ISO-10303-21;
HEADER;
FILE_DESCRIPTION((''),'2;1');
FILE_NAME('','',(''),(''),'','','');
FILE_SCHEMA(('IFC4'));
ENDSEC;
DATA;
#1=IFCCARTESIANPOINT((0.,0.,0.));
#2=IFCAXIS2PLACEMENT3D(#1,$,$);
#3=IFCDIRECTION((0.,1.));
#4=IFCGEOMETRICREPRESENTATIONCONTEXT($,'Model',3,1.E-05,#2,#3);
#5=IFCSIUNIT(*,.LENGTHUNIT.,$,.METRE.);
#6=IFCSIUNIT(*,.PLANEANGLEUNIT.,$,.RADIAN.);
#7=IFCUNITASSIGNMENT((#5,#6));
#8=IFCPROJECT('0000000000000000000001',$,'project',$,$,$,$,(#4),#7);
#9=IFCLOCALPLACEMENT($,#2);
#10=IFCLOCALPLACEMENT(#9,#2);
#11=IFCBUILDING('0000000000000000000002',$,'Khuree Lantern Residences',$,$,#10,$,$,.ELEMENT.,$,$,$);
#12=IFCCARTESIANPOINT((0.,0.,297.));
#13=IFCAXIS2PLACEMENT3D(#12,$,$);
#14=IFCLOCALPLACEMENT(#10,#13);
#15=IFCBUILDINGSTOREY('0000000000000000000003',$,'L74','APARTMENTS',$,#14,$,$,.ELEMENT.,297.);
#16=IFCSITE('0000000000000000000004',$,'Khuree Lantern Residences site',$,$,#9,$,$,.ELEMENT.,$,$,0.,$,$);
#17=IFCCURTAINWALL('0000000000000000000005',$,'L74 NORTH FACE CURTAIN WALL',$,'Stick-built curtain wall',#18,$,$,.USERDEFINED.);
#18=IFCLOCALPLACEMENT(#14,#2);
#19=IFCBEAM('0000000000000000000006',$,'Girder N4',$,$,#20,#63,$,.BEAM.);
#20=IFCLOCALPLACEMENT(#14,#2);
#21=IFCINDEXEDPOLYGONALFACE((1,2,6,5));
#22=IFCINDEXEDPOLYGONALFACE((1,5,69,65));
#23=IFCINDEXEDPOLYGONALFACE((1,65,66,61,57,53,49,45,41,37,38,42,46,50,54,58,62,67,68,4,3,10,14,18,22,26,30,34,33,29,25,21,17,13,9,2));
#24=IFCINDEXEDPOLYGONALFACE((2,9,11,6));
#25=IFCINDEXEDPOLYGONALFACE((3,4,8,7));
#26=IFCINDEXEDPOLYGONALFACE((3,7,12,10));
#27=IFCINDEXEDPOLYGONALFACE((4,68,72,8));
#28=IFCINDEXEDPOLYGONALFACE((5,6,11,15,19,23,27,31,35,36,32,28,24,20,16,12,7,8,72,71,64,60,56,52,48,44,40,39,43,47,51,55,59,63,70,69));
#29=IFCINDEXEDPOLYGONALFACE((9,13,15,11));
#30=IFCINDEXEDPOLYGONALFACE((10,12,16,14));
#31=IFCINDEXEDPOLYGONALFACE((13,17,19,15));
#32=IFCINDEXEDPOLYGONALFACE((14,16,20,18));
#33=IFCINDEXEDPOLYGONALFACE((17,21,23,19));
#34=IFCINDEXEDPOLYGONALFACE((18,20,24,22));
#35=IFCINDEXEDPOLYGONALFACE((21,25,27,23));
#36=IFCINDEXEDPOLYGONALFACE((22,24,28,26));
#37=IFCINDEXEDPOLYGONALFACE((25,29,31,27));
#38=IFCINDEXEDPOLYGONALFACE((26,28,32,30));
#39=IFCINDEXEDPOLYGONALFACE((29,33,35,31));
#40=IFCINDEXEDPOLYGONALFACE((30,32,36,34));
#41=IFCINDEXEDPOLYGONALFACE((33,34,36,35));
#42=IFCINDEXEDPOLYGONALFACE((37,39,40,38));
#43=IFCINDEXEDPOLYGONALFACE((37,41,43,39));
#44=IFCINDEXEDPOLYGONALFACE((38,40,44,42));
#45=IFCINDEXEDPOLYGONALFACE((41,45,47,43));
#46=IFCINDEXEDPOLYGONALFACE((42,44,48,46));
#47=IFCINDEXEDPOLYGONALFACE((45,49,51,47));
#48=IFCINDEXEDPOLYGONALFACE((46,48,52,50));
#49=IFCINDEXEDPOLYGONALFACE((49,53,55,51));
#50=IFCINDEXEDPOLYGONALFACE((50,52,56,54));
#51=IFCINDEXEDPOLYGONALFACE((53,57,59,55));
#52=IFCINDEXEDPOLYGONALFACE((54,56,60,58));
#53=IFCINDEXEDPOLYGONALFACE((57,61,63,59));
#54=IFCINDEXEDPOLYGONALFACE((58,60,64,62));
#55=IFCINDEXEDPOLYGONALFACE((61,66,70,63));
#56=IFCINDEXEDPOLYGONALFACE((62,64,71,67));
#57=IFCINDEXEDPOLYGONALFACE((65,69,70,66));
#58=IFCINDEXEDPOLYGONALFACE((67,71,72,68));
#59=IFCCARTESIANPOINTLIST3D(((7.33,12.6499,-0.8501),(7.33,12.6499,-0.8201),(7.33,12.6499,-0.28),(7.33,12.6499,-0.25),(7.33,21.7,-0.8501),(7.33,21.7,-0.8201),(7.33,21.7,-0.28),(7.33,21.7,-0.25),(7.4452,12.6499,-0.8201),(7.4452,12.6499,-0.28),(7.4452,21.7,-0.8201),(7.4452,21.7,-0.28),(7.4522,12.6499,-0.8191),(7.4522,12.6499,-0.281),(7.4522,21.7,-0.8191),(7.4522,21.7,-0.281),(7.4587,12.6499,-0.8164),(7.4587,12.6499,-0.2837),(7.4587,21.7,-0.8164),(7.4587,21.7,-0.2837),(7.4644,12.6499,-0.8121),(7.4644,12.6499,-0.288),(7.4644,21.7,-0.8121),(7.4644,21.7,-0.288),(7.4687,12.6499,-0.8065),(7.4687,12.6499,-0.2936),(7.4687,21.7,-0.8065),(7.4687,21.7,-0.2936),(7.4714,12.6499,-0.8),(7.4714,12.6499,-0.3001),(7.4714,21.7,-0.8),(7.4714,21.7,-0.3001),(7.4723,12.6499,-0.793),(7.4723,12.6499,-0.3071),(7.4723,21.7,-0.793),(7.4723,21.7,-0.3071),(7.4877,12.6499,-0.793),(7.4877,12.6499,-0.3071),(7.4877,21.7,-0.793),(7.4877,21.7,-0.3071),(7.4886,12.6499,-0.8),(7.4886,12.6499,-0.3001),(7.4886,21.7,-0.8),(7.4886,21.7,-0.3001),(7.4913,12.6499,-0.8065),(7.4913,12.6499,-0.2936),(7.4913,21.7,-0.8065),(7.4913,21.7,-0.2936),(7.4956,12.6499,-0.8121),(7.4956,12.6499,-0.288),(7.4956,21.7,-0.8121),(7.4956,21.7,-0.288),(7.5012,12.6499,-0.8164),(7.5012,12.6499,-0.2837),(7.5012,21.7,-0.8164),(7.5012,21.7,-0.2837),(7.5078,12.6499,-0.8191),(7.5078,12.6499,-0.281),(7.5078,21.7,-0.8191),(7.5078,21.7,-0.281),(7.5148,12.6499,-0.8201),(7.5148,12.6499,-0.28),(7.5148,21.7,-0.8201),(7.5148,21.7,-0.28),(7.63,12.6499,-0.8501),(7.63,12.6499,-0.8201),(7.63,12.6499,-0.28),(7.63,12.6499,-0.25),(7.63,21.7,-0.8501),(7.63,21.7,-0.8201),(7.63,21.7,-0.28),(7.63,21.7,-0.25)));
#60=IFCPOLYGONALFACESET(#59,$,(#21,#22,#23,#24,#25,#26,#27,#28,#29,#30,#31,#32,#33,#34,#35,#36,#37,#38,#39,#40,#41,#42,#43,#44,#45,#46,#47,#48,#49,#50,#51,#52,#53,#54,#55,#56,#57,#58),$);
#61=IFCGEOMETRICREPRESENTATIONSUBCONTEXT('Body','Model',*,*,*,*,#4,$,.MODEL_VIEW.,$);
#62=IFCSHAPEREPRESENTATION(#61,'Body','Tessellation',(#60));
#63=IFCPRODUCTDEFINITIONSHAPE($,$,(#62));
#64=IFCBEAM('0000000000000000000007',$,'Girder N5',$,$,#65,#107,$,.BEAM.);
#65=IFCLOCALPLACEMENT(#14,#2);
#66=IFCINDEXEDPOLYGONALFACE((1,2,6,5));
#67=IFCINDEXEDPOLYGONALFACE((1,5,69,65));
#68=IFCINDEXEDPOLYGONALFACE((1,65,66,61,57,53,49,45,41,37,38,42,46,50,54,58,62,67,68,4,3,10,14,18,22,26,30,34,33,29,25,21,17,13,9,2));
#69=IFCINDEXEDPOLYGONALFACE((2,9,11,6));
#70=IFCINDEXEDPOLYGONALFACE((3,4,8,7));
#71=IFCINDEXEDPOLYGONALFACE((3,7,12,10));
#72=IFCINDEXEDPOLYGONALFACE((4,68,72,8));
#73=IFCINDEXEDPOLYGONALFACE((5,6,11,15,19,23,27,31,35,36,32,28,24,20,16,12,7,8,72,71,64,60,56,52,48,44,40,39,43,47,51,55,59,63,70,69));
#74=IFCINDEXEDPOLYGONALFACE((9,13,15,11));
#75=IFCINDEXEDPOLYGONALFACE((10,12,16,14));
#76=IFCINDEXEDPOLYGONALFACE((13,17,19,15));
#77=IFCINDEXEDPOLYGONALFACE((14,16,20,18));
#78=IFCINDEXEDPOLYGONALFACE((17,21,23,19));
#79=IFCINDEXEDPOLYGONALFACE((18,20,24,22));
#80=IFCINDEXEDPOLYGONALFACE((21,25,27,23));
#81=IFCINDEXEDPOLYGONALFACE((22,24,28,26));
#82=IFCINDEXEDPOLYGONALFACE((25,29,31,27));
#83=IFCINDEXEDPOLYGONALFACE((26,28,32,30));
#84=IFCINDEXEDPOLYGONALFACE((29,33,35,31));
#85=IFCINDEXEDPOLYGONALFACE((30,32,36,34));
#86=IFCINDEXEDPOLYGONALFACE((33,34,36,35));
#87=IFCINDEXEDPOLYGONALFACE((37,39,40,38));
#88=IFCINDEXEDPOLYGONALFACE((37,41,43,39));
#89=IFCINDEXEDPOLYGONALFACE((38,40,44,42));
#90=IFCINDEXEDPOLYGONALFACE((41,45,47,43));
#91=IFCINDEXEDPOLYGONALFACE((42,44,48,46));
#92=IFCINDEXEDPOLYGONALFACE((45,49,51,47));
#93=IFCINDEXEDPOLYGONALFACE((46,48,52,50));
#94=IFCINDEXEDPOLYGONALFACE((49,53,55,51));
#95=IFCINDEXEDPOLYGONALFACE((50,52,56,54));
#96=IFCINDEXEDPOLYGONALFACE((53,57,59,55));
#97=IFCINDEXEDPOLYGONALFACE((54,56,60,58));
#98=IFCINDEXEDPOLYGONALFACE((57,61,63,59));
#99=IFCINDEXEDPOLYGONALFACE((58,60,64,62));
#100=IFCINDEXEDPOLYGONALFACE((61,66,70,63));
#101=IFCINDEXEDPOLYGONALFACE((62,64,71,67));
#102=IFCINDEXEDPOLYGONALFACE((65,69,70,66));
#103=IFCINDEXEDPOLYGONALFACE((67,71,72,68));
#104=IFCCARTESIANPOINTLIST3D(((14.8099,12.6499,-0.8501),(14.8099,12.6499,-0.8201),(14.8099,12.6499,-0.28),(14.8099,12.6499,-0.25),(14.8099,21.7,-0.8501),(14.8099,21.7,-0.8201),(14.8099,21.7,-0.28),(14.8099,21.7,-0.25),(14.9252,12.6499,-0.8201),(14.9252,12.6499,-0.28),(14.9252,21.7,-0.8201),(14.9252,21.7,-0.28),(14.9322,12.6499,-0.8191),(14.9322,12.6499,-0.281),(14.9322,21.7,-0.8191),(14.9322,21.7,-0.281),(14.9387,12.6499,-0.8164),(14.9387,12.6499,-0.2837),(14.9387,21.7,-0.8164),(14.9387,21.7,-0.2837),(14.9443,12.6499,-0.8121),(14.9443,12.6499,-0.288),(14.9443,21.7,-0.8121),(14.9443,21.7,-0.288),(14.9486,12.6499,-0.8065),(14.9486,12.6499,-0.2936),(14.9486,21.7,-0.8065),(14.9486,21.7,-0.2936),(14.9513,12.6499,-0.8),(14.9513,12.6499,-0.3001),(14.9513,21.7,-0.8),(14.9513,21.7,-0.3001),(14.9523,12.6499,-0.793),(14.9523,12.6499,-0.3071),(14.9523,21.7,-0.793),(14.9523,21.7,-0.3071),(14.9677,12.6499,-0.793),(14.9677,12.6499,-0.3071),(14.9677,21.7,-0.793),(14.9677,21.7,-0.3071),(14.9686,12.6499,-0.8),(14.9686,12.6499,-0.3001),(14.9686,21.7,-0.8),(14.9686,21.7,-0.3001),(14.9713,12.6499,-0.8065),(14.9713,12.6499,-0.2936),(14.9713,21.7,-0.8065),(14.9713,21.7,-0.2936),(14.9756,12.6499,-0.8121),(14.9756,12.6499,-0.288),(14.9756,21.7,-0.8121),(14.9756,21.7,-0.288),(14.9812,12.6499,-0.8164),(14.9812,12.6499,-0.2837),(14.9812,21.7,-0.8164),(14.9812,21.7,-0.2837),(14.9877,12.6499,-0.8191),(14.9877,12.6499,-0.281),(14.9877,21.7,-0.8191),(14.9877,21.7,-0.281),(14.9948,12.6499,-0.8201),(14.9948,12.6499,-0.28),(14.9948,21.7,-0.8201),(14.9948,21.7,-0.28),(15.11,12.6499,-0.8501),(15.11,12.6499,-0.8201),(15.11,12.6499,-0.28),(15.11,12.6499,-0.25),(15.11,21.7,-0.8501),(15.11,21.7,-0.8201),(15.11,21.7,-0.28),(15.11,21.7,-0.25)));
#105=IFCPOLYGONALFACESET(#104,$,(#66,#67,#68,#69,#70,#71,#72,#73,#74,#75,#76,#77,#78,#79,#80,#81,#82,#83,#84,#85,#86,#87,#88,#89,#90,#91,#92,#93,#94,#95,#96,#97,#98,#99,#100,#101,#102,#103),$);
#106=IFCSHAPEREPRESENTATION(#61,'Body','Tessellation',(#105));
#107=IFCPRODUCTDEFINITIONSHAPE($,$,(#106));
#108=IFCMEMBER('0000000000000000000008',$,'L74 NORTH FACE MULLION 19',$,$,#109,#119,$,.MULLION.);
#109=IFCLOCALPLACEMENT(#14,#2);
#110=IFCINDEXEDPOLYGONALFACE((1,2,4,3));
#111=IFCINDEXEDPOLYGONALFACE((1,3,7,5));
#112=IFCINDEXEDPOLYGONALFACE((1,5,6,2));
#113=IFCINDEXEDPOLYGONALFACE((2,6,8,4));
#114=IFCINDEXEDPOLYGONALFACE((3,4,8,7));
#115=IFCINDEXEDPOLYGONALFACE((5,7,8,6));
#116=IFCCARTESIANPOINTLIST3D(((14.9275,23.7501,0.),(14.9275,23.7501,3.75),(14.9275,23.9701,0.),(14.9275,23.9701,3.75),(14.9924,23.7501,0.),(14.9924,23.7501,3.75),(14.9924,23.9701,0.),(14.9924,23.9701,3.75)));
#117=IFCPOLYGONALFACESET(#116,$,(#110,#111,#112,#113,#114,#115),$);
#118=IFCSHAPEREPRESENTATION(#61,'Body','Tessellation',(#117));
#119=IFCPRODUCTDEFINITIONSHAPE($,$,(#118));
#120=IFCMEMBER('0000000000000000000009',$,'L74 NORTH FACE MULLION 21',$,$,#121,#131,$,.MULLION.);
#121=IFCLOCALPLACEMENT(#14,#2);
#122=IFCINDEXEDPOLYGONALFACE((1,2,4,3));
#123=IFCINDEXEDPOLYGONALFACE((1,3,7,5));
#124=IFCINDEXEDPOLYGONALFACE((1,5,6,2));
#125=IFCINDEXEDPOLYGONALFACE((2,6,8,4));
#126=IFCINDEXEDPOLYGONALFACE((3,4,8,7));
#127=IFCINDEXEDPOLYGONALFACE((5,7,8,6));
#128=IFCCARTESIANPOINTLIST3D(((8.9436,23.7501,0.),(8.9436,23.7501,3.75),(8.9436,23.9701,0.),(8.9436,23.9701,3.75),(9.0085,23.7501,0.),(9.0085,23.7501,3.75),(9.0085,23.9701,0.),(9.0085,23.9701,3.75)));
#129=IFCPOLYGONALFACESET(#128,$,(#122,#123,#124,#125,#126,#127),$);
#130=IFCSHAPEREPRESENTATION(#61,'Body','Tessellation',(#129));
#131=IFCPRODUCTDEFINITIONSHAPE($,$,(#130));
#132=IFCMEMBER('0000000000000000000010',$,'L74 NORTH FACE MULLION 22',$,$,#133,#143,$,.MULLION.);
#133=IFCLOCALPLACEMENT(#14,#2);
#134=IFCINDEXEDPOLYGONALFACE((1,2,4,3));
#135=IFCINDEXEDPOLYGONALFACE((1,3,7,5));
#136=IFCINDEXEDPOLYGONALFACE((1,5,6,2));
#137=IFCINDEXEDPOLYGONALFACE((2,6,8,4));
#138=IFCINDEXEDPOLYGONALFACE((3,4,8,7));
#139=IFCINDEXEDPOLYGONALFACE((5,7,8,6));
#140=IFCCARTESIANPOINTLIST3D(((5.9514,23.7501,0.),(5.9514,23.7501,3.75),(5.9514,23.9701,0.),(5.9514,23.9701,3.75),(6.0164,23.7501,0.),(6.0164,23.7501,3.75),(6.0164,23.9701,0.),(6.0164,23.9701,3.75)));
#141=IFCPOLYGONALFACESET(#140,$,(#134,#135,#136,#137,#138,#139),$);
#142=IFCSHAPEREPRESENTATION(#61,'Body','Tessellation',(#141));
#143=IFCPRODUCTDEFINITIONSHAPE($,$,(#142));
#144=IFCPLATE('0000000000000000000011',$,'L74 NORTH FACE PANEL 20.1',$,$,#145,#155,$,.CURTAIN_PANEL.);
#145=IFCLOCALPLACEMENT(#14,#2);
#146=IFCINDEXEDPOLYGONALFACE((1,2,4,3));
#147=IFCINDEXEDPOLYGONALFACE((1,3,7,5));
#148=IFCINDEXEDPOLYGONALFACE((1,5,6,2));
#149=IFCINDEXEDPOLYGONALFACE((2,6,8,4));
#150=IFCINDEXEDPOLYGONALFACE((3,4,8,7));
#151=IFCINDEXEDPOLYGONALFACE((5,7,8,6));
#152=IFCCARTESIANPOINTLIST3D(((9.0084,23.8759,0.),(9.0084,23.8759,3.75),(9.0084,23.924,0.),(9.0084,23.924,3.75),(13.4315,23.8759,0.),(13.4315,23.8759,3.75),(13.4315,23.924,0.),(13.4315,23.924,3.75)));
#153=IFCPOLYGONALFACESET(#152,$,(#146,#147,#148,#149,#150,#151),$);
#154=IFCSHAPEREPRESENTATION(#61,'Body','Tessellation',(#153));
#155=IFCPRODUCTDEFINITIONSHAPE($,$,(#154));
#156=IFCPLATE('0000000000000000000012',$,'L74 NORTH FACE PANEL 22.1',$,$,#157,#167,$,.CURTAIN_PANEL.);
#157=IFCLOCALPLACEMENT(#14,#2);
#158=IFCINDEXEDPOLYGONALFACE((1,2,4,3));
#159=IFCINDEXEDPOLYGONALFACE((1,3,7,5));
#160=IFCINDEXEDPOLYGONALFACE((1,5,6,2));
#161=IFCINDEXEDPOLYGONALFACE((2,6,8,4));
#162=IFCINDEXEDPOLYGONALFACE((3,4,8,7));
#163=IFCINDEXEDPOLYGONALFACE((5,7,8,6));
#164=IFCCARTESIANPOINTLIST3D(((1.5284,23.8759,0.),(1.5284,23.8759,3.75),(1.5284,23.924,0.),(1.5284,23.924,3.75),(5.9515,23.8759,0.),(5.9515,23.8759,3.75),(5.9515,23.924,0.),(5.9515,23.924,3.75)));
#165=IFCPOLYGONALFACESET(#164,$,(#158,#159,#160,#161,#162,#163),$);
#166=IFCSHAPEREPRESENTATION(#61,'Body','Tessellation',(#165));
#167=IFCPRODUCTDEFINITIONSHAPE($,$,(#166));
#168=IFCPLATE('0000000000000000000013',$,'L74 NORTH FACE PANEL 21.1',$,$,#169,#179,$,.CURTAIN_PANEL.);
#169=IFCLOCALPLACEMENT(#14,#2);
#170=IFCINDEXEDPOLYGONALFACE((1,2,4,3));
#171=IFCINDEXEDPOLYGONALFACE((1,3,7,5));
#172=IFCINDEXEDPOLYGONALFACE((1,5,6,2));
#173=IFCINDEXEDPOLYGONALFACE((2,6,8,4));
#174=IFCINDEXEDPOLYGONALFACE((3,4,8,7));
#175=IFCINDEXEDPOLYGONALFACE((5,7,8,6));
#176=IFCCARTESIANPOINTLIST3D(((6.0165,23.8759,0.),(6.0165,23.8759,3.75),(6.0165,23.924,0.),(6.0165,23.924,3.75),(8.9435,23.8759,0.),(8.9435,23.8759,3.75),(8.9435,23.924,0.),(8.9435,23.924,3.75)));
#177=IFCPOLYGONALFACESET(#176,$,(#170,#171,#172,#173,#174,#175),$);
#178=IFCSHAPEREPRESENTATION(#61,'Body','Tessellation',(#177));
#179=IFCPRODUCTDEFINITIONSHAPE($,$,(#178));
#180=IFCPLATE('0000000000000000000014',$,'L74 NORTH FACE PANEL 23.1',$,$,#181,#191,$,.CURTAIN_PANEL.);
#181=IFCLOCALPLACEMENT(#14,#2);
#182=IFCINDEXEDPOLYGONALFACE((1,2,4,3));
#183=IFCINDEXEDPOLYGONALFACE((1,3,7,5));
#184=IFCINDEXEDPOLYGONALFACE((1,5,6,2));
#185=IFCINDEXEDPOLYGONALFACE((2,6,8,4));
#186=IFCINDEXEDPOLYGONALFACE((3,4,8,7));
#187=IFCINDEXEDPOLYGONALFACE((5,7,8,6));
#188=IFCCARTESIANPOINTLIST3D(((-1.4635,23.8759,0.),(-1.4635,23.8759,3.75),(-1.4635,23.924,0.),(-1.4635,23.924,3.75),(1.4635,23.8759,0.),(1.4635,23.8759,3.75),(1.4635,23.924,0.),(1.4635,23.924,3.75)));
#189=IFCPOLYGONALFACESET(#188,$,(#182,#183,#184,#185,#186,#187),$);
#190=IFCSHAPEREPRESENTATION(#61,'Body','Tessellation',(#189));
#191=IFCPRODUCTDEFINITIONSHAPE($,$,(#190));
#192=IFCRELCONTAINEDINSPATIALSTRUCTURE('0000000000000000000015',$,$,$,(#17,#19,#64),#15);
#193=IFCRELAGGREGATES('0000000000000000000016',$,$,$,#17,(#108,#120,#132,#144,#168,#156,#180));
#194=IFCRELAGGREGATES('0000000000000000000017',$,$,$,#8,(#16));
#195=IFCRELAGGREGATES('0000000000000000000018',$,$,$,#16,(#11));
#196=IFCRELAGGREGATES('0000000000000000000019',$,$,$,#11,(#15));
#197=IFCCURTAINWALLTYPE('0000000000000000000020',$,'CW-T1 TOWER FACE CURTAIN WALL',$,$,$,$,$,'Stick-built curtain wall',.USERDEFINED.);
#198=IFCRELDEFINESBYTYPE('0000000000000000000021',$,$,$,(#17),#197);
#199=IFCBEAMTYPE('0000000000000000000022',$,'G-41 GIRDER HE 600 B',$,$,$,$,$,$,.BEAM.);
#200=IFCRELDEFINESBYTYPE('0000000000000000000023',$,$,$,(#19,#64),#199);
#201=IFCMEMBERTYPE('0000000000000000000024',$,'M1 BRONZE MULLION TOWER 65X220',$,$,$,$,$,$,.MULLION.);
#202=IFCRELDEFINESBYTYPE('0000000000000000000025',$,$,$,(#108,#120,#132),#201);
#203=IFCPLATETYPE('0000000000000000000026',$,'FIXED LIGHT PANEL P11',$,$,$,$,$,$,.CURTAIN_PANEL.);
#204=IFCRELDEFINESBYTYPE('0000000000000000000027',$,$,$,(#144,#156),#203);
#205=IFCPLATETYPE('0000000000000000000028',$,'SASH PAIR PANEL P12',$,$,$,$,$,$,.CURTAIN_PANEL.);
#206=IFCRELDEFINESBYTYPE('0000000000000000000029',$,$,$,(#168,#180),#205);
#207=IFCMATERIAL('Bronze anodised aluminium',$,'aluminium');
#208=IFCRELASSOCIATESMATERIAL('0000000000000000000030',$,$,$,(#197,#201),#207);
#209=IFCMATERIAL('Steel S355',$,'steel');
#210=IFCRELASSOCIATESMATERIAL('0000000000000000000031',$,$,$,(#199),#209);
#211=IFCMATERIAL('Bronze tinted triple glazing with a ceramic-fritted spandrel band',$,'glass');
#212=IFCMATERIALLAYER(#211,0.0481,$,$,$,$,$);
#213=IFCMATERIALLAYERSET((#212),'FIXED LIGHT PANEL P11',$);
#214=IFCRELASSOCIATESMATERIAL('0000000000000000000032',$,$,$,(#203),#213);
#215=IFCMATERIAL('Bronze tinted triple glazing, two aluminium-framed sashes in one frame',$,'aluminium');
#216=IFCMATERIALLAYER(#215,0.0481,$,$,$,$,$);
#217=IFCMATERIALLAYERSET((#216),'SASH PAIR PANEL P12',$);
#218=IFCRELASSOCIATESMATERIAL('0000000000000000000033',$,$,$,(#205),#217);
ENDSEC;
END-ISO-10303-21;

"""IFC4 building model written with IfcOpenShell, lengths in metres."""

from ifc_helpers import new_model, si_unit, direction, frame, origin, origin_2d, place, context, subcontext, project, spatial, rectangle, i_section, extrude, material, layer, layer_set, material_profile, profile_set, type_object, element, aggregate, save


model = new_model("IFC4")

# Units and contexts
model_context = context("Model", 3, precision=1e-05, world=origin(), true_north=direction((0.0, 1.0)))
body_context = subcontext(model_context, "Body", "Model", "MODEL_VIEW")
ifc_project = project(units=[si_unit("LENGTHUNIT", "METRE"), si_unit("PLANEANGLEUNIT", "RADIAN")], contexts=[model_context])

# Site, building, storey
site_placement = place(None, origin())
site = spatial("IfcSite", under=ifc_project, at=site_placement, Name="Khuree Lantern Residences site", CompositionType="ELEMENT", RefElevation=0.0)
building_placement = place(site_placement, origin())
building = spatial("IfcBuilding", under=site, at=building_placement, Name="Khuree Lantern Residences", CompositionType="ELEMENT")
storey_placement = place(building_placement, frame((0.0, 0.0, 297.0)))
storey = spatial("IfcBuildingStorey", under=building, at=storey_placement, Name="L74", Description="APARTMENTS", CompositionType="ELEMENT", Elevation=297.0)

# Shared definitions
ifc_material_1 = material(Name="Steel S355", Category="steel")

# Curtain wall
ifc_material_2 = material(Name="Bronze anodised aluminium", Category="aluminium")
curtain_wall_type = type_object("IfcCurtainWallType", Name="CW-T1 TOWER FACE CURTAIN WALL", ElementType="Stick-built curtain wall", PredefinedType="USERDEFINED", material=ifc_material_2)
curtain_wall_placement = place(storey_placement, origin())
curtain_wall = element("IfcCurtainWall", 1, at=curtain_wall_placement, inside=storey, type_object=curtain_wall_type, Name="L74 NORTH FACE CURTAIN WALL", ObjectType="Stick-built curtain wall", PredefinedType="USERDEFINED")

# Beams
ifc_material_profile_1 = material_profile(ifc_material_1, i_section(OverallWidth=0.3, OverallDepth=0.6001, WebThickness=0.0154, FlangeThickness=0.03, FilletRadius=0.0271, at=origin_2d()), Name="HE 600 B")
ifc_profile_set_1 = profile_set([ifc_material_profile_1], Name="Steel S355")
beam_type_1 = type_object("IfcBeamType", Name="G-41 GIRDER HE 600 B", PredefinedType="BEAM", material=ifc_profile_set_1)
for number, where, z_axis, x_axis, name in (
    (2, (7.48, 21.7, -0.55), (0.0, -1.0, 0.0), (1.0, 0.0, 0.0), "Girder N4"),
    (3, (14.96, 21.7, -0.55), (0.0, -1.0, 0.0), (1.0, 0.0, 0.0), "Girder N5"),
):
    element("IfcBeam", number, at=place(storey_placement, frame(where, z_axis=z_axis, x_axis=x_axis)), inside=storey, type_object=beam_type_1, Name=name, PredefinedType="BEAM", context=body_context, shape_type="SweptSolid", body=[
        extrude(i_section(OverallWidth=0.3, OverallDepth=0.6001, WebThickness=0.0154, FlangeThickness=0.03, FilletRadius=0.0271, at=origin_2d()), origin(), (0.0, 0.0, 1.0), 9.05),
    ])

# Members
ifc_material_profile_2 = material_profile(ifc_material_2, rectangle(XDim=0.0649, YDim=0.22, at=origin_2d()), Name="M1 65X220")
ifc_profile_set_2 = profile_set([ifc_material_profile_2], Name="Bronze anodised aluminium")
member_type_1 = type_object("IfcMemberType", Name="M1 BRONZE MULLION TOWER 65X220", PredefinedType="MULLION", material=ifc_profile_set_2)
member_1_placement = place(storey_placement, frame((14.96, 23.8601, 0.0), z_axis=(0.0, 0.0, 1.0), x_axis=(-1.0, 0.0, 0.0)))
member_1 = element("IfcMember", 4, at=member_1_placement, type_object=member_type_1, Name="L74 NORTH FACE MULLION 19", PredefinedType="MULLION", context=body_context, shape_type="SweptSolid", body=[
    extrude(rectangle(XDim=0.0649, YDim=0.22, at=origin_2d()), origin(), (0.0, 0.0, 1.0), 3.75),
])
member_2_placement = place(storey_placement, frame((8.9761, 23.8601, 0.0), z_axis=(0.0, 0.0, 1.0), x_axis=(-1.0, 0.0, 0.0)))
member_2 = element("IfcMember", 5, at=member_2_placement, type_object=member_type_1, Name="L74 NORTH FACE MULLION 21", PredefinedType="MULLION", context=body_context, shape_type="SweptSolid", body=[
    extrude(rectangle(XDim=0.0649, YDim=0.22, at=origin_2d()), origin(), (0.0, 0.0, 1.0), 3.75),
])
member_3_placement = place(storey_placement, frame((5.9839, 23.8601, 0.0), z_axis=(0.0, 0.0, 1.0), x_axis=(-1.0, 0.0, 0.0)))
member_3 = element("IfcMember", 6, at=member_3_placement, type_object=member_type_1, Name="L74 NORTH FACE MULLION 22", PredefinedType="MULLION", context=body_context, shape_type="SweptSolid", body=[
    extrude(rectangle(XDim=0.0649, YDim=0.22, at=origin_2d()), origin(), (0.0, 0.0, 1.0), 3.75),
])

# Plates
ifc_material_3 = material(Name="Bronze tinted triple glazing with a ceramic-fritted spandrel band", Category="glass")
ifc_layer_1 = layer(ifc_material_3, 0.0481)
ifc_layer_set_1 = layer_set([ifc_layer_1], Name="FIXED LIGHT PANEL P11")
plate_type_1 = type_object("IfcPlateType", Name="FIXED LIGHT PANEL P11", PredefinedType="CURTAIN_PANEL", material=ifc_layer_set_1)
plate_1_placement = place(storey_placement, frame((11.22, 23.8999, 0.0), z_axis=(0.0, 0.0, 1.0), x_axis=(-1.0, 0.0, 0.0)))
plate_1 = element("IfcPlate", 7, at=plate_1_placement, type_object=plate_type_1, Name="L74 NORTH FACE PANEL 20.1", PredefinedType="CURTAIN_PANEL", context=body_context, shape_type="SweptSolid", body=[
    extrude(rectangle(XDim=4.4231, YDim=0.0481, at=origin_2d()), origin(), (0.0, 0.0, 1.0), 3.75),
])
plate_2_placement = place(storey_placement, frame((3.74, 23.8999, 0.0), z_axis=(0.0, 0.0, 1.0), x_axis=(-1.0, 0.0, 0.0)))
plate_2 = element("IfcPlate", 8, at=plate_2_placement, type_object=plate_type_1, Name="L74 NORTH FACE PANEL 22.1", PredefinedType="CURTAIN_PANEL", context=body_context, shape_type="SweptSolid", body=[
    extrude(rectangle(XDim=4.4231, YDim=0.0481, at=origin_2d()), origin(), (0.0, 0.0, 1.0), 3.75),
])
ifc_material_4 = material(Name="Bronze tinted triple glazing, two aluminium-framed sashes in one frame", Category="aluminium")
ifc_layer_2 = layer(ifc_material_4, 0.0481)
ifc_layer_set_2 = layer_set([ifc_layer_2], Name="SASH PAIR PANEL P12")
plate_type_2 = type_object("IfcPlateType", Name="SASH PAIR PANEL P12", PredefinedType="CURTAIN_PANEL", material=ifc_layer_set_2)
plate_3_placement = place(storey_placement, frame((7.48, 23.8999, 0.0), z_axis=(0.0, 0.0, 1.0), x_axis=(-1.0, 0.0, 0.0)))
plate_3 = element("IfcPlate", 9, at=plate_3_placement, type_object=plate_type_2, Name="L74 NORTH FACE PANEL 21.1", PredefinedType="CURTAIN_PANEL", context=body_context, shape_type="SweptSolid", body=[
    extrude(rectangle(XDim=2.927, YDim=0.0481, at=origin_2d()), origin(), (0.0, 0.0, 1.0), 3.75),
])
plate_4_placement = place(storey_placement, frame((0.0, 23.8999, 0.0), z_axis=(0.0, 0.0, 1.0), x_axis=(-1.0, 0.0, 0.0)))
plate_4 = element("IfcPlate", 10, at=plate_4_placement, type_object=plate_type_2, Name="L74 NORTH FACE PANEL 23.1", PredefinedType="CURTAIN_PANEL", context=body_context, shape_type="SweptSolid", body=[
    extrude(rectangle(XDim=2.927, YDim=0.0481, at=origin_2d()), origin(), (0.0, 0.0, 1.0), 3.75),
])
aggregate(curtain_wall, [member_1, member_2, member_3, plate_1, plate_3, plate_2, plate_4])

save(model, "model.ifc")
